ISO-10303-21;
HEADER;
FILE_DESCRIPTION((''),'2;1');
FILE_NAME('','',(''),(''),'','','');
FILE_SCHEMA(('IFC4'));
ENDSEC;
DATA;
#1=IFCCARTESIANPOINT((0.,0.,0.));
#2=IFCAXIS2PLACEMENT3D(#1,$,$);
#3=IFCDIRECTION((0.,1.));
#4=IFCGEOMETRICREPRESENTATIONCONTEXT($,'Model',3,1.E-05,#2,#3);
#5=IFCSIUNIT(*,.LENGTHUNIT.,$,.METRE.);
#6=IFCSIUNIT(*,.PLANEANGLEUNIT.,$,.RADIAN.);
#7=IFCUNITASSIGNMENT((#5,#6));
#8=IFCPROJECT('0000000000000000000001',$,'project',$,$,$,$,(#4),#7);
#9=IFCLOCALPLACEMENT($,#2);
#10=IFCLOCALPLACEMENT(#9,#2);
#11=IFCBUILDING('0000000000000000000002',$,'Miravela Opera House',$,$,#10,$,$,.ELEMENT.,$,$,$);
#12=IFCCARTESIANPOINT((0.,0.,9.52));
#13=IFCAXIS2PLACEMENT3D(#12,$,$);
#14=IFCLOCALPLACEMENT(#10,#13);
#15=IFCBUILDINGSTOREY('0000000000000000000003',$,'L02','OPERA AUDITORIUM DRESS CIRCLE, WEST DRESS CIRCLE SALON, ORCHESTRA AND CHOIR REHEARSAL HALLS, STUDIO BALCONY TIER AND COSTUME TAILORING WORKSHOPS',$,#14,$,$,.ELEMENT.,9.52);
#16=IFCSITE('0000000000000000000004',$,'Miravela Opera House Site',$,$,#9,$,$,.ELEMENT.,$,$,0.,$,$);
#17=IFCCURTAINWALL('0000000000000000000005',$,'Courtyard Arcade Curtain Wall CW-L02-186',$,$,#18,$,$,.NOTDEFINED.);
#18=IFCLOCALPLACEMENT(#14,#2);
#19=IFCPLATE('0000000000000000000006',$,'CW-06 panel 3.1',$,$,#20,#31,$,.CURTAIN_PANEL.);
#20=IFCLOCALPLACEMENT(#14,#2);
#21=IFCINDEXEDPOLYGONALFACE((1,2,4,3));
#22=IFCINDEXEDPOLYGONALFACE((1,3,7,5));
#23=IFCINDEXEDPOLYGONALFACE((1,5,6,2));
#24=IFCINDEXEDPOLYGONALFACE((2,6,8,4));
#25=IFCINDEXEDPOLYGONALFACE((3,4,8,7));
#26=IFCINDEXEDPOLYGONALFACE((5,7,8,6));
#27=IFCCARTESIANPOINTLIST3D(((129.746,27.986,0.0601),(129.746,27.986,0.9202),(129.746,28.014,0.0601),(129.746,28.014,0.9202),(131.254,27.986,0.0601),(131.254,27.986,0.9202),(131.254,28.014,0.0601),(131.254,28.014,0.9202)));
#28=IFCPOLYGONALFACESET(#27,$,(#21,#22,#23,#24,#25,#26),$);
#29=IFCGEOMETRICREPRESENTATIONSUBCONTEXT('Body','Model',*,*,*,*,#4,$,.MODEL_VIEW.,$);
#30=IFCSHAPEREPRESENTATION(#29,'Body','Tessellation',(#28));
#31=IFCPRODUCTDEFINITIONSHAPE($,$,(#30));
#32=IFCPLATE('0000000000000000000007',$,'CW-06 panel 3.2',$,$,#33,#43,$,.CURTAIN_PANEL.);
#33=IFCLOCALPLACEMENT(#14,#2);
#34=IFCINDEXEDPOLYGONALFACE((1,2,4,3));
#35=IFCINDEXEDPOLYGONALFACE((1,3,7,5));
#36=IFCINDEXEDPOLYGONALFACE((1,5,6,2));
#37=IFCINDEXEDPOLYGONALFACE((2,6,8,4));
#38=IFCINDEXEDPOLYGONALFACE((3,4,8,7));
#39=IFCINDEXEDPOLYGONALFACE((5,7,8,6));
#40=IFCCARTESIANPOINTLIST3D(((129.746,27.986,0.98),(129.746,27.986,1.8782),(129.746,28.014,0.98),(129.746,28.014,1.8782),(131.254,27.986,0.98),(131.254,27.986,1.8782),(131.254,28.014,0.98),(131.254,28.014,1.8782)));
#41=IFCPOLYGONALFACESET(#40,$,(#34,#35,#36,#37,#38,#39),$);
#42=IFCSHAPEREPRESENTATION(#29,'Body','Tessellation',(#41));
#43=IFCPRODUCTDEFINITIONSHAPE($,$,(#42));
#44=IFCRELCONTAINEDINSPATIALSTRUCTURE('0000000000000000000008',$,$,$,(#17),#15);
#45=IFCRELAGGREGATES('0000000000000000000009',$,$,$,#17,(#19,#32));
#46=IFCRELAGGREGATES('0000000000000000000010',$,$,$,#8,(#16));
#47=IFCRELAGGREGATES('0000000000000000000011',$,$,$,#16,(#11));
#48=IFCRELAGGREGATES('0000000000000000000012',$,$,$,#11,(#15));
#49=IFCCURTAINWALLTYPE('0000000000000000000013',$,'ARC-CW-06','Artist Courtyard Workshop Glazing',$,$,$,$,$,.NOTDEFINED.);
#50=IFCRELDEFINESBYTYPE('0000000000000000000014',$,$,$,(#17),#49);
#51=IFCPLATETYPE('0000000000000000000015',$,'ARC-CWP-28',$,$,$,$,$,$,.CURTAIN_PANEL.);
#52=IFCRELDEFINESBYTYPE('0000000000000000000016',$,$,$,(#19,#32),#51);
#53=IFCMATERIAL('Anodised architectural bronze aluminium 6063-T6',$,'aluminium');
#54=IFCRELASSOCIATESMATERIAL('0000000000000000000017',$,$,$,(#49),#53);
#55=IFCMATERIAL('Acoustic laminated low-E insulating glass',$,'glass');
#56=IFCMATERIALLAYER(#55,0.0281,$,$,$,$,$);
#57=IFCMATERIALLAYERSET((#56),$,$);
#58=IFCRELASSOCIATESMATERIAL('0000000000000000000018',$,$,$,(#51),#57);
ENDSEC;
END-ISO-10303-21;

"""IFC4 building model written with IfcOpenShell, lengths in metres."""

from ifc_helpers import new_model, si_unit, direction, frame, origin, origin_2d, place, context, subcontext, project, spatial, rectangle, extrude, material, layer, layer_set, type_object, element, aggregate, save


model = new_model("IFC4")

# Units and contexts
model_context = context("Model", 3, precision=1e-05, world=origin(), true_north=direction((0.0, 1.0)))
body_context = subcontext(model_context, "Body", "Model", "MODEL_VIEW")
ifc_project = project(units=[si_unit("LENGTHUNIT", "METRE"), si_unit("PLANEANGLEUNIT", "RADIAN")], contexts=[model_context])

# Site, building, storey
site_placement = place(None, origin())
site = spatial("IfcSite", under=ifc_project, at=site_placement, Name="Miravela Opera House Site", CompositionType="ELEMENT", RefElevation=0.0)
building_placement = place(site_placement, origin())
building = spatial("IfcBuilding", under=site, at=building_placement, Name="Miravela Opera House", CompositionType="ELEMENT")
storey_placement = place(building_placement, frame((0.0, 0.0, 9.52)))
storey = spatial("IfcBuildingStorey", under=building, at=storey_placement, Name="L02", Description="OPERA AUDITORIUM DRESS CIRCLE, WEST DRESS CIRCLE SALON, ORCHESTRA AND CHOIR REHEARSAL HALLS, STUDIO BALCONY TIER AND COSTUME TAILORING WORKSHOPS", CompositionType="ELEMENT", Elevation=9.52)

# Curtain wall
ifc_material_1 = material(Name="Anodised architectural bronze aluminium 6063-T6", Category="aluminium")
curtain_wall_type = type_object("IfcCurtainWallType", Name="ARC-CW-06", Description="Artist Courtyard Workshop Glazing", PredefinedType="NOTDEFINED", material=ifc_material_1)
curtain_wall_placement = place(storey_placement, origin())
curtain_wall = element("IfcCurtainWall", 1, at=curtain_wall_placement, inside=storey, type_object=curtain_wall_type, Name="Courtyard Arcade Curtain Wall CW-L02-186", PredefinedType="NOTDEFINED")

# Plates
ifc_material_2 = material(Name="Acoustic laminated low-E insulating glass", Category="glass")
ifc_layer = layer(ifc_material_2, 0.0281)
ifc_layer_set = layer_set([ifc_layer])
plate_type = type_object("IfcPlateType", Name="ARC-CWP-28", PredefinedType="CURTAIN_PANEL", material=ifc_layer_set)
plate_1_placement = place(storey_placement, frame((130.5, 28.0, 0.0601), z_axis=(0.0, 0.0, 1.0), x_axis=(1.0, 0.0, 0.0)))
plate_1 = element("IfcPlate", 2, at=plate_1_placement, type_object=plate_type, Name="CW-06 panel 3.1", PredefinedType="CURTAIN_PANEL", context=body_context, shape_type="SweptSolid", body=[
    extrude(rectangle(XDim=1.5081, YDim=0.0281, at=origin_2d()), origin(), (0.0, 0.0, 1.0), 0.8601),
])
plate_2_placement = place(storey_placement, frame((130.5, 28.0, 0.98), z_axis=(0.0, 0.0, 1.0), x_axis=(1.0, 0.0, 0.0)))
plate_2 = element("IfcPlate", 3, at=plate_2_placement, type_object=plate_type, Name="CW-06 panel 3.2", PredefinedType="CURTAIN_PANEL", context=body_context, shape_type="SweptSolid", body=[
    extrude(rectangle(XDim=1.5081, YDim=0.0281, at=origin_2d()), origin(), (0.0, 0.0, 1.0), 0.8982),
])
aggregate(curtain_wall, [plate_1, plate_2])

save(model, "model.ifc")
